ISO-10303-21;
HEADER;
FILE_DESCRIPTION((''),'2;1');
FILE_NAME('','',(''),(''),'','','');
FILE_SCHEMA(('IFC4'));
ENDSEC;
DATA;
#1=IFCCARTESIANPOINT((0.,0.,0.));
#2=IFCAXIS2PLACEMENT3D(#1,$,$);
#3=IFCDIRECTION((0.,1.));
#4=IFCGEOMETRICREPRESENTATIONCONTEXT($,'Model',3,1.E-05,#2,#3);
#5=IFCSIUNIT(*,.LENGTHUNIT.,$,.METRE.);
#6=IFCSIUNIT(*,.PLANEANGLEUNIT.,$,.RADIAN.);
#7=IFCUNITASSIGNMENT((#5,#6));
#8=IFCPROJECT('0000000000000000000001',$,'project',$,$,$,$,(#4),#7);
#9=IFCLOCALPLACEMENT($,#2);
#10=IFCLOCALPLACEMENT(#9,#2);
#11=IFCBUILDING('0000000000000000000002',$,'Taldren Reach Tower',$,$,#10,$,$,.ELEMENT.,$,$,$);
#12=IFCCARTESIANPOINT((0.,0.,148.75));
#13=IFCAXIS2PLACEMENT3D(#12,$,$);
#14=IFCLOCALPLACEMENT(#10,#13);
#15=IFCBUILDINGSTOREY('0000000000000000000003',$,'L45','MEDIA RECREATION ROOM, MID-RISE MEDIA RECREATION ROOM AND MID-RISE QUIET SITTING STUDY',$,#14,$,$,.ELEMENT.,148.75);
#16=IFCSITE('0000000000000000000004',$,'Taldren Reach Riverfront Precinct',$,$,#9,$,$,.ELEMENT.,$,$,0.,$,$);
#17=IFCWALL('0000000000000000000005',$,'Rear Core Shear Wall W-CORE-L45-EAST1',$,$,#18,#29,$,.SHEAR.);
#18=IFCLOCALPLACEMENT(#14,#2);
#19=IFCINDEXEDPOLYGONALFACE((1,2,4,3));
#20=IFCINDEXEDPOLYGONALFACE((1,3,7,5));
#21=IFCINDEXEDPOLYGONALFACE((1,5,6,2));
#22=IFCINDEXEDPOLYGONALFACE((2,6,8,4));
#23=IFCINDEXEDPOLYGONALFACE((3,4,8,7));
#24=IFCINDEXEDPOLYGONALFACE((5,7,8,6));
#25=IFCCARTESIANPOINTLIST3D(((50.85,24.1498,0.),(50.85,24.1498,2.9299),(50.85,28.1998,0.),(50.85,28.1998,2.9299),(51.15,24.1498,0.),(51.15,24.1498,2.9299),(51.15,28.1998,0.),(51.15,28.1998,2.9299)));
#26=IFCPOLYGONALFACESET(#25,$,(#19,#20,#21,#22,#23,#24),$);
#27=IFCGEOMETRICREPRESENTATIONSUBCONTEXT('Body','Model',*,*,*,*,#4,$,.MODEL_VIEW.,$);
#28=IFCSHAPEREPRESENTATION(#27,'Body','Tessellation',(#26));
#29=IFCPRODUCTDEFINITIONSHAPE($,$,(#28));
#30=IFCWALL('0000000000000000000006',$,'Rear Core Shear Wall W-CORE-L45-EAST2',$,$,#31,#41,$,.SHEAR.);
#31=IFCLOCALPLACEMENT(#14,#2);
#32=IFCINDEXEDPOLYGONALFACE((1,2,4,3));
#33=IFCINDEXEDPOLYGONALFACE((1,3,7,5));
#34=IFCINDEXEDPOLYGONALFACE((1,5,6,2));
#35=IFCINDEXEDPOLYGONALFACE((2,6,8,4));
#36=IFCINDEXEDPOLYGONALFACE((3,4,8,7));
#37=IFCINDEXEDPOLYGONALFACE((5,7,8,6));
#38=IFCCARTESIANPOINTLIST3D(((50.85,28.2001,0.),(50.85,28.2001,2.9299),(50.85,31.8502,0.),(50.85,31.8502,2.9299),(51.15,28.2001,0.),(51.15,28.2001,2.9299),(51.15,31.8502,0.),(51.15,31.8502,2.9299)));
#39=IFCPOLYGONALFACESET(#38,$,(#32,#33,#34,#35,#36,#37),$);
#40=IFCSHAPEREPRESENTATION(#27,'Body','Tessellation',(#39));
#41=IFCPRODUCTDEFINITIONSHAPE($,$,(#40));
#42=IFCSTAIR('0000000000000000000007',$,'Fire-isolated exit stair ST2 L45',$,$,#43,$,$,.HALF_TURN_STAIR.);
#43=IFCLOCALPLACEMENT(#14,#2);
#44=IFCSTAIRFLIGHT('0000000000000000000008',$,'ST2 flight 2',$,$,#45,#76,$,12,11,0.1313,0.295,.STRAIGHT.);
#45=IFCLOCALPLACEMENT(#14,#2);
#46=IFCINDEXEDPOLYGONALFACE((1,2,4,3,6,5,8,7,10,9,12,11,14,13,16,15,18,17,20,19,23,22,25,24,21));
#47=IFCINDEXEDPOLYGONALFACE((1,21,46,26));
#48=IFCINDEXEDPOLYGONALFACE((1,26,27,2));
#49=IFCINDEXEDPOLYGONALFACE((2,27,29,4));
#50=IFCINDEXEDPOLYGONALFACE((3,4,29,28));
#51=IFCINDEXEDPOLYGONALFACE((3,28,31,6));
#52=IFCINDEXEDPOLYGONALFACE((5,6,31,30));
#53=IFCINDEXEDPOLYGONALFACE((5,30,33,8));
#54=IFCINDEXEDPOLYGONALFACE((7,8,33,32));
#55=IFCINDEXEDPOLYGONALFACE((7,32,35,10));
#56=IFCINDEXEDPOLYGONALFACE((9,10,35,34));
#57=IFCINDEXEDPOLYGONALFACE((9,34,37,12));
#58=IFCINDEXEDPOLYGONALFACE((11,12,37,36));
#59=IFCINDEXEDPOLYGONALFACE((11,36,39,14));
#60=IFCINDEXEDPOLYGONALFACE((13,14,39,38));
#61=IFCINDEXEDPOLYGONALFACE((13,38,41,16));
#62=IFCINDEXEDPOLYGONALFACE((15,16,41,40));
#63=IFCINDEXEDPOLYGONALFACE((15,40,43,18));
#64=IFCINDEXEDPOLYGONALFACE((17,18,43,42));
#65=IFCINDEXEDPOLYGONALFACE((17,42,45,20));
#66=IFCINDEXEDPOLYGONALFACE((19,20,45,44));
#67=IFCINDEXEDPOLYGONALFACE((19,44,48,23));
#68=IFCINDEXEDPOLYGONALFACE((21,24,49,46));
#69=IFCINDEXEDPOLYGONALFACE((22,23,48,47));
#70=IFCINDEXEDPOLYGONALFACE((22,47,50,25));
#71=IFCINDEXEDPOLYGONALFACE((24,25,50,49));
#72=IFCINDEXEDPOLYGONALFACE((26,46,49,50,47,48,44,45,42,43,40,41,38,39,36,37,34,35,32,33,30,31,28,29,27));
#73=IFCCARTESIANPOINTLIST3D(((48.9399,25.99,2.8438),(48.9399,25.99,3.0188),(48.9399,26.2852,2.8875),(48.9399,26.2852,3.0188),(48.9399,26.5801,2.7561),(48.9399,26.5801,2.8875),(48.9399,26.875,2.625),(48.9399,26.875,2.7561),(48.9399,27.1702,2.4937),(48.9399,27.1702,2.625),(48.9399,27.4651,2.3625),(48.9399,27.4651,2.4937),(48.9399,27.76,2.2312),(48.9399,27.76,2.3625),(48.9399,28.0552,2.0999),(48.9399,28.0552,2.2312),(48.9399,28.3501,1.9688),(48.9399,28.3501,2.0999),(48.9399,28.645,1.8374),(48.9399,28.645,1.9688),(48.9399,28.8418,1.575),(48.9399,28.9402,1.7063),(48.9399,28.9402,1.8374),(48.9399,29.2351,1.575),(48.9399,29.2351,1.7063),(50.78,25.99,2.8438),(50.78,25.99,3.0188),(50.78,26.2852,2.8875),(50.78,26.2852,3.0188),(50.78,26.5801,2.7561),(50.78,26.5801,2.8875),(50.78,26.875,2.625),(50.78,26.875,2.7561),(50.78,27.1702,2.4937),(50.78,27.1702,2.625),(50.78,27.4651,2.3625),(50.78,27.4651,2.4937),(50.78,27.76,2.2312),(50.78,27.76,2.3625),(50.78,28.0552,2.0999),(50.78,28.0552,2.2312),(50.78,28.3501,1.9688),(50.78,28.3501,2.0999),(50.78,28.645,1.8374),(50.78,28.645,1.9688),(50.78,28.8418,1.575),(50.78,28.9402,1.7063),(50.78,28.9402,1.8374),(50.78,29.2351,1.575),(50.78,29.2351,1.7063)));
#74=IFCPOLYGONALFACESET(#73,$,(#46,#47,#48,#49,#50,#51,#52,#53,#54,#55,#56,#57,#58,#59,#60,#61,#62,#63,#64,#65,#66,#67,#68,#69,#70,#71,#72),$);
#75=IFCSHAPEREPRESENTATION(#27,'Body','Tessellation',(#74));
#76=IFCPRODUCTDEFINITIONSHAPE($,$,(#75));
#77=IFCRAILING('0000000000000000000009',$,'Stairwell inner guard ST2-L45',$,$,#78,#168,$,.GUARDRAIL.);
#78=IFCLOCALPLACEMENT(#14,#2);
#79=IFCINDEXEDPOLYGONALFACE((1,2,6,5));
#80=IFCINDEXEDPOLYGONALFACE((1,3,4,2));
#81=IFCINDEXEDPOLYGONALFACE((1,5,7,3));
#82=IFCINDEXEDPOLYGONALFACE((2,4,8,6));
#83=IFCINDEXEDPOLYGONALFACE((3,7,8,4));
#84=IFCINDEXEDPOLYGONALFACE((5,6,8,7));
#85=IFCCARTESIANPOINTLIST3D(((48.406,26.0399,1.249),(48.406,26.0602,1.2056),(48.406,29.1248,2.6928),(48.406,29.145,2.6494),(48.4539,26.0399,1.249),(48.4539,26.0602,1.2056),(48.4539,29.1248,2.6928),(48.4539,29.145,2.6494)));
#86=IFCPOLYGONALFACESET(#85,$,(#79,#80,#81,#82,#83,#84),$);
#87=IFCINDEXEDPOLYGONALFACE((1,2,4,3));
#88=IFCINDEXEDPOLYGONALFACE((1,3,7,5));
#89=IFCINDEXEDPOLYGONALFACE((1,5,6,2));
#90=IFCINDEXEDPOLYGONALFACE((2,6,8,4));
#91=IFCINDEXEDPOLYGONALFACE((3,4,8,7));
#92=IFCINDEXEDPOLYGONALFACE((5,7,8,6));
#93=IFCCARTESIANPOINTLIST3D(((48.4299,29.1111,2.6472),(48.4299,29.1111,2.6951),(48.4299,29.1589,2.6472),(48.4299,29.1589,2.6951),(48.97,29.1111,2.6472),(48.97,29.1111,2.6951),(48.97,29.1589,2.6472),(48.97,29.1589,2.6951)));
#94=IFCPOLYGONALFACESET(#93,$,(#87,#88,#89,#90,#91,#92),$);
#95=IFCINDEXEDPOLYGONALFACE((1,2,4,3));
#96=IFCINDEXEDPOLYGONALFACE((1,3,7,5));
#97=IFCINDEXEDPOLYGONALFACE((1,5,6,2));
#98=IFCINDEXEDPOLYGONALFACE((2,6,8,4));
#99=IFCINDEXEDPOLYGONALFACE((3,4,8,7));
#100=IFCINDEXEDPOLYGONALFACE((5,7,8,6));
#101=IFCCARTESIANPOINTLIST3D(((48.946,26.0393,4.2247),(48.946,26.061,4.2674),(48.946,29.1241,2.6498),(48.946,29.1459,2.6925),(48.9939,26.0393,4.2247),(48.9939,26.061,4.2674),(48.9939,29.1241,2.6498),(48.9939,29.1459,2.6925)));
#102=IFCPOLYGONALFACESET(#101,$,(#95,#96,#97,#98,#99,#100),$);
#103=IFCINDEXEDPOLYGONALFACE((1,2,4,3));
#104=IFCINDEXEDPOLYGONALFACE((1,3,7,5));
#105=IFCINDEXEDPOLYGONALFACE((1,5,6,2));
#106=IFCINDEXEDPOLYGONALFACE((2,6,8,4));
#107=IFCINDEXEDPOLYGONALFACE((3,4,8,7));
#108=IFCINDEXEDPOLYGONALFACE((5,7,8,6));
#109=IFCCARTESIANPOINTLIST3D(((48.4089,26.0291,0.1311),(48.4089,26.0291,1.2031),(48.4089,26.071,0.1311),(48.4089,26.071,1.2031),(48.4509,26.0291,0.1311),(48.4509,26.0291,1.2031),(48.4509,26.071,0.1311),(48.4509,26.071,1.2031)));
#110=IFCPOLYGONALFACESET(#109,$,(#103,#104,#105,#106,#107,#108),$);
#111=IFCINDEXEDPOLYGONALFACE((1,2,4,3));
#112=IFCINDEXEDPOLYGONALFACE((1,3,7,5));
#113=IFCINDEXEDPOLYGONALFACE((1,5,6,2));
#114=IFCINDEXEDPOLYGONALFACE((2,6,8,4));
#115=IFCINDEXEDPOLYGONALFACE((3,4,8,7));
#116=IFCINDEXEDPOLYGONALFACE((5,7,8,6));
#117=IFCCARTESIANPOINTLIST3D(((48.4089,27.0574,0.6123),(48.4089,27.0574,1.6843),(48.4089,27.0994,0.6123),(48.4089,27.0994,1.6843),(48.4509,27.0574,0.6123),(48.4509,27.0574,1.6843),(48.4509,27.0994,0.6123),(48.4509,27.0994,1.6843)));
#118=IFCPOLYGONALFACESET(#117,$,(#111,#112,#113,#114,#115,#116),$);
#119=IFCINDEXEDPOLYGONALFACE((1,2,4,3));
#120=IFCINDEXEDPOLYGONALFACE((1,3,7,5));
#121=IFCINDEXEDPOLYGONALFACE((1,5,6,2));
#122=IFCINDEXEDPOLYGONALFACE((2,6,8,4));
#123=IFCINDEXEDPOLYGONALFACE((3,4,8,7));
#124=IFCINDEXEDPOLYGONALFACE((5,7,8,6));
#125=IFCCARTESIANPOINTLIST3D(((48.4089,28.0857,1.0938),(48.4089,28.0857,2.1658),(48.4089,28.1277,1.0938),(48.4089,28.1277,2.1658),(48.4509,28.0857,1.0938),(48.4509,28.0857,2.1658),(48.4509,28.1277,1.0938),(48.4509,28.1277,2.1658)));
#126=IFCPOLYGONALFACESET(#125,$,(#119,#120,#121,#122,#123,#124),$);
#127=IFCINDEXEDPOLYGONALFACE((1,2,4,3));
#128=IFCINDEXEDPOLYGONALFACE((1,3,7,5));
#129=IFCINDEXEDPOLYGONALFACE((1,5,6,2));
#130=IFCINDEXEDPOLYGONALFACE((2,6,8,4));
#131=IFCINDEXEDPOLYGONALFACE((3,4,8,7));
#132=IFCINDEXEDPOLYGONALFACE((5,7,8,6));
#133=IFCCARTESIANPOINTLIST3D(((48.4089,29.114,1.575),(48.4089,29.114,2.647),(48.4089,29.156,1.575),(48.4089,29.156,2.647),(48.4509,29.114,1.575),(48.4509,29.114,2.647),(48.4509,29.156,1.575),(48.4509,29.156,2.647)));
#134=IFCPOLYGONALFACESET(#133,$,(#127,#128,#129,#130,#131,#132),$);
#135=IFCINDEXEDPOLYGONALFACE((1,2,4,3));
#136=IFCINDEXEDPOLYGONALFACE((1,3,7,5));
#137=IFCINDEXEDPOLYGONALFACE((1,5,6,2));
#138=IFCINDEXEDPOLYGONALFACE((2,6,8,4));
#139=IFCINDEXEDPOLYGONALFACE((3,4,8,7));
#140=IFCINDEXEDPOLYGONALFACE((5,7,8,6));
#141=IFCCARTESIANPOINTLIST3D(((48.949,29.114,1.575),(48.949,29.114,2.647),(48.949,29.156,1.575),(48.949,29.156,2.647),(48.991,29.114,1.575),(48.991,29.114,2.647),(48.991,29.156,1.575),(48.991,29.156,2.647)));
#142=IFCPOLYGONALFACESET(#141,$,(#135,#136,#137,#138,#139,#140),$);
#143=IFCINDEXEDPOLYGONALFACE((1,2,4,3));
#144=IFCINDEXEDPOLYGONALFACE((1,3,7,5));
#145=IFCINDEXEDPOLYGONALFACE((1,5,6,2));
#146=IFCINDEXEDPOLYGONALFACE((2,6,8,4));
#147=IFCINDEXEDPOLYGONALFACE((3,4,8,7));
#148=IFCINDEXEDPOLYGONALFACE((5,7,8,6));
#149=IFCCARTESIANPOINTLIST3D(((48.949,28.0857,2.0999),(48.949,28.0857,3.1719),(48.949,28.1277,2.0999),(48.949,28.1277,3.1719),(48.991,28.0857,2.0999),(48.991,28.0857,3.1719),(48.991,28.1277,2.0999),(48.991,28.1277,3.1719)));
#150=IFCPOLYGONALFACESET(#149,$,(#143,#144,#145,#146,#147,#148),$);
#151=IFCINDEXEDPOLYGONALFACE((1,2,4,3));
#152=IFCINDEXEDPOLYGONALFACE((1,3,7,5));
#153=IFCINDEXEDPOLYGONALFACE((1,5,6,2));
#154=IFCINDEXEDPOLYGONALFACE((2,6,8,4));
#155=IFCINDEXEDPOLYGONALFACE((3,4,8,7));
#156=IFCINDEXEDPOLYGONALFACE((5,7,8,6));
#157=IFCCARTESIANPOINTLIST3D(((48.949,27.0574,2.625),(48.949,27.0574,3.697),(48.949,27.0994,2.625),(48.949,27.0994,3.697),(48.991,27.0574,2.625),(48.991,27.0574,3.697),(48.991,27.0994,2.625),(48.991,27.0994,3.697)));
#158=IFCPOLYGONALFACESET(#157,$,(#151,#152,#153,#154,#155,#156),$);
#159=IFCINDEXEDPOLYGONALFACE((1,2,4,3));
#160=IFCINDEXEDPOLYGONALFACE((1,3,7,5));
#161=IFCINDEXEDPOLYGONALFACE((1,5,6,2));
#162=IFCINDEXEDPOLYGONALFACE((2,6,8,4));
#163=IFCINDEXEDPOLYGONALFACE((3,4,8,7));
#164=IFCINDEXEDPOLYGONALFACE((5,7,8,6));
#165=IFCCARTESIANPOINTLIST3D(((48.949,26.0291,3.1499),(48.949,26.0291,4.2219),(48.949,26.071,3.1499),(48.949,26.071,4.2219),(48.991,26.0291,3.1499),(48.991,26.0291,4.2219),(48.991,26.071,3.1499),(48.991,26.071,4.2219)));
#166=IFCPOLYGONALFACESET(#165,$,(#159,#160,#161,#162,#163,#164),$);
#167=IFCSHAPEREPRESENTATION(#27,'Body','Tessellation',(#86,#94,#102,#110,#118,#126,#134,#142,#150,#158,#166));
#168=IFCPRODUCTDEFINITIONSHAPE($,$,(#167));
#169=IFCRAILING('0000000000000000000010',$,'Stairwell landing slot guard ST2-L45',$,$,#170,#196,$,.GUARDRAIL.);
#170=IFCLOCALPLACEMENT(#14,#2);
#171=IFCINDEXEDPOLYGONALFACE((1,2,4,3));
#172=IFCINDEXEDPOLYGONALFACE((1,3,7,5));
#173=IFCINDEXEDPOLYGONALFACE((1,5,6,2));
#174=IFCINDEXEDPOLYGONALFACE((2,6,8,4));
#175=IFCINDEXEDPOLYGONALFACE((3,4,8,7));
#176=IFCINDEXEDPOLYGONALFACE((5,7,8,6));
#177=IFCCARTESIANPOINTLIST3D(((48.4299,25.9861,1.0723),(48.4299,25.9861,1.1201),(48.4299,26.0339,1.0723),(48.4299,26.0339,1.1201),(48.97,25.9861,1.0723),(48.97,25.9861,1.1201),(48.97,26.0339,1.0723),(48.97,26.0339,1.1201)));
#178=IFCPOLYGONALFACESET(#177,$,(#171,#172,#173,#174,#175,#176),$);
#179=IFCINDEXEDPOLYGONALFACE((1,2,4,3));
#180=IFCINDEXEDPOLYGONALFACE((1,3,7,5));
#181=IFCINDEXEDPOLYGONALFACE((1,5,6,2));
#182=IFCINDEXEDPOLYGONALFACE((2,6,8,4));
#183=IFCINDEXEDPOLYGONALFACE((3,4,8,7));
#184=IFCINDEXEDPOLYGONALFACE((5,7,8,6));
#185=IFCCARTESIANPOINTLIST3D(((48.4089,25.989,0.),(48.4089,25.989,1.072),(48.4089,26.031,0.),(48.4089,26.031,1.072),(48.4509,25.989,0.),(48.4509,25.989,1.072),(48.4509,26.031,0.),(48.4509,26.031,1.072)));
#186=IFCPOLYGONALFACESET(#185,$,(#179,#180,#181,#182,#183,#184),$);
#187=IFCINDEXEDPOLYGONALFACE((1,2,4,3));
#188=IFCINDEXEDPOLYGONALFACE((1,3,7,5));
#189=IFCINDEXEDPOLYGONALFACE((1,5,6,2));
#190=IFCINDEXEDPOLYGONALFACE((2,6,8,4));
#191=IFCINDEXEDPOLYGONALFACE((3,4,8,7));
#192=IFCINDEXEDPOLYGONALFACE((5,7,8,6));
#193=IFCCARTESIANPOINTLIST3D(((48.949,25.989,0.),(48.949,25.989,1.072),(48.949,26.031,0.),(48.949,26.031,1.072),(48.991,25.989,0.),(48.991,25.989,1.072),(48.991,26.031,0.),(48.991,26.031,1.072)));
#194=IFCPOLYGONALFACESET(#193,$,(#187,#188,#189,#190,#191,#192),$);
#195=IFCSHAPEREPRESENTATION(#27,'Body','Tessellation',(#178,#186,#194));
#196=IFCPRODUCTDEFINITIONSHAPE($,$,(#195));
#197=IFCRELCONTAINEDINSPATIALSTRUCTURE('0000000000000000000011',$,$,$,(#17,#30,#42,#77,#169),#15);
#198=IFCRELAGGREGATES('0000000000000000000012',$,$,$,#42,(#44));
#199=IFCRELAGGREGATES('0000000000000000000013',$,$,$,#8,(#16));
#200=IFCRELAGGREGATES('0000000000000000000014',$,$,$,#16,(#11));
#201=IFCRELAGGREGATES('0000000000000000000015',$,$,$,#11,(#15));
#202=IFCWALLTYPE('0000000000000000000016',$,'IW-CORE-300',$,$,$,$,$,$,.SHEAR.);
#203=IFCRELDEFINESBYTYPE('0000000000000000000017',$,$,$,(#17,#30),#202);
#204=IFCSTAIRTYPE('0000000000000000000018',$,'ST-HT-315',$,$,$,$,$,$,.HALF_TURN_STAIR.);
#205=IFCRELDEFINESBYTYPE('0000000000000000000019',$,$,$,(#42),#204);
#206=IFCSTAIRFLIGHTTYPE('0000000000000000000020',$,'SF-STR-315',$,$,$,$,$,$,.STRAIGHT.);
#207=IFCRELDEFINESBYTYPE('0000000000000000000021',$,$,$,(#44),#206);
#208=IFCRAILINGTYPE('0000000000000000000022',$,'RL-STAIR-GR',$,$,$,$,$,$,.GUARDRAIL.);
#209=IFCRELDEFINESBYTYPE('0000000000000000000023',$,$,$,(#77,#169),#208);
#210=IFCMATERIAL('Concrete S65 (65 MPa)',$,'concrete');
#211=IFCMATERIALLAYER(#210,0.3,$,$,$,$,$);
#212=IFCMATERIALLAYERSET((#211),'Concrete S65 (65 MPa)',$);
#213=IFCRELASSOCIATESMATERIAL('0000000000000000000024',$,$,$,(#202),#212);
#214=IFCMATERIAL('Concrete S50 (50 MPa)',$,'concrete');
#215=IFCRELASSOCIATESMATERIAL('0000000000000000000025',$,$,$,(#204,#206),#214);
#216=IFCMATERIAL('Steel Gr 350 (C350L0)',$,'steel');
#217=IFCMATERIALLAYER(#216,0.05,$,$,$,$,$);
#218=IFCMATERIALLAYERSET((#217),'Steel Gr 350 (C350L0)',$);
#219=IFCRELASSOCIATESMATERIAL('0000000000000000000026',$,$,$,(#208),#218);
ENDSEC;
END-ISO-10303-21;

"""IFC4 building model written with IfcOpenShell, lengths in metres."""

from ifc_helpers import new_model, si_unit, direction, frame, frame_2d, origin, origin_2d, place, context, subcontext, project, spatial, polyline, rectangle, outline, extrude, source, transform, mapped, material, layer, layer_set, type_object, element, aggregate, save


model = new_model("IFC4")

# Units and contexts
model_context = context("Model", 3, precision=1e-05, world=origin(), true_north=direction((0.0, 1.0)))
body_context = subcontext(model_context, "Body", "Model", "MODEL_VIEW")
ifc_project = project(units=[si_unit("LENGTHUNIT", "METRE"), si_unit("PLANEANGLEUNIT", "RADIAN")], contexts=[model_context])

# Site, building, storey
site_placement = place(None, origin())
site = spatial("IfcSite", under=ifc_project, at=site_placement, Name="Taldren Reach Riverfront Precinct", CompositionType="ELEMENT", RefElevation=0.0)
building_placement = place(site_placement, origin())
building = spatial("IfcBuilding", under=site, at=building_placement, Name="Taldren Reach Tower", CompositionType="ELEMENT")
storey_placement = place(building_placement, frame((0.0, 0.0, 148.75)))
storey = spatial("IfcBuildingStorey", under=building, at=storey_placement, Name="L45", Description="MEDIA RECREATION ROOM, MID-RISE MEDIA RECREATION ROOM AND MID-RISE QUIET SITTING STUDY", CompositionType="ELEMENT", Elevation=148.75)

# Shared definitions
ifc_material_1 = material(Name="Steel Gr 350 (C350L0)", Category="steel")

# Walls
ifc_material_2 = material(Name="Concrete S65 (65 MPa)", Category="concrete")
ifc_layer_1 = layer(ifc_material_2, 0.3)
ifc_layer_set_1 = layer_set([ifc_layer_1], Name="Concrete S65 (65 MPa)")
wall_type = type_object("IfcWallType", Name="IW-CORE-300", PredefinedType="SHEAR", material=ifc_layer_set_1)
shared_shape_1 = source(origin(), body_context, "Body", "SweptSolid", [
    extrude(rectangle(XDim=4.05, YDim=0.3, at=frame_2d((2.0249, 0.0))), origin(), (0.0, 0.0, 1.0), 2.9299),
])
wall_1_placement = place(storey_placement, frame((51.0, 24.1499, 0.0), z_axis=(0.0, 0.0, 1.0), x_axis=(0.0, 1.0, 0.0)))
element("IfcWall", 1, at=wall_1_placement, inside=storey, type_object=wall_type, Name="Rear Core Shear Wall W-CORE-L45-EAST1", PredefinedType="SHEAR", context=body_context, shape_type="MappedRepresentation", body=[
    mapped(shared_shape_1, transform((0.0, 0.0, 0.0), scale=1.0)),
])
shared_shape_2 = source(origin(), body_context, "Body", "SweptSolid", [
    extrude(rectangle(XDim=3.6501, YDim=0.3, at=frame_2d((1.8252, 0.0))), origin(), (0.0, 0.0, 1.0), 2.9299),
])
wall_2_placement = place(storey_placement, frame((51.0, 28.2, 0.0), z_axis=(0.0, 0.0, 1.0), x_axis=(0.0, 1.0, 0.0)))
element("IfcWall", 2, at=wall_2_placement, inside=storey, type_object=wall_type, Name="Rear Core Shear Wall W-CORE-L45-EAST2", PredefinedType="SHEAR", context=body_context, shape_type="MappedRepresentation", body=[
    mapped(shared_shape_2, transform((0.0, 0.0, 0.0), scale=1.0)),
])

# Stair, stair flight
ifc_material_3 = material(Name="Concrete S50 (50 MPa)", Category="concrete")
stair_type = type_object("IfcStairType", Name="ST-HT-315", PredefinedType="HALF_TURN_STAIR", material=ifc_material_3)
stair_placement = place(storey_placement, origin())
stair = element("IfcStair", 3, at=stair_placement, inside=storey, type_object=stair_type, Name="Fire-isolated exit stair ST2 L45", PredefinedType="HALF_TURN_STAIR")
stair_flight_type = type_object("IfcStairFlightType", Name="SF-STR-315", PredefinedType="STRAIGHT", material=ifc_material_3)
stair_flight_placement = place(storey_placement, frame((49.8601, 29.2351, 1.575), z_axis=(0.0, 0.0, 1.0), x_axis=(0.0, -1.0, 0.0)))
stair_flight = element("IfcStairFlight", 4, at=stair_flight_placement, type_object=stair_flight_type, Name="ST2 flight 2", NumberOfRisers=12, NumberOfTreads=11, PredefinedType="STRAIGHT", RiserHeight=0.1313, TreadLength=0.295, context=body_context, shape_type="SweptSolid", body=[
    extrude(outline(polyline([(0.0, 0.0), (0.0, 0.1313), (0.2949, 0.1313), (0.2949, 0.2625), (0.5901, 0.2625), (0.5901, 0.3938), (0.885, 0.3938), (0.885, 0.5249), (1.1799, 0.5249), (1.1799, 0.6562), (1.4751, 0.6562), (1.4751, 0.7876), (1.77, 0.7876), (1.77, 0.9187), (2.0649, 0.9187), (2.0649, 1.05), (2.3601, 1.05), (2.3601, 1.1812), (2.655, 1.1812), (2.655, 1.3125), (2.95, 1.3125), (2.95, 1.4438), (3.2451, 1.4438), (3.2451, 1.575), (3.2451, 1.2688), (0.3933, 0.0), (0.0, 0.0)])), frame((0.0, 0.9199, 0.0), z_axis=(0.0, -1.0, 0.0), x_axis=(1.0, 0.0, 0.0)), (0.0, 0.0, 1.0), 1.8401),
])
aggregate(stair, [stair_flight])

# Railings
ifc_layer_2 = layer(ifc_material_1, 0.05)
ifc_layer_set_2 = layer_set([ifc_layer_2], Name="Steel Gr 350 (C350L0)")
railing_type_1 = type_object("IfcRailingType", Name="RL-STAIR-GR", PredefinedType="GUARDRAIL", material=ifc_layer_set_2)
railing_1_placement = place(storey_placement, frame((48.4299, 26.05, 0.1311)))
element("IfcRailing", 5, at=railing_1_placement, inside=storey, type_object=railing_type_1, Name="Stairwell inner guard ST2-L45", PredefinedType="GUARDRAIL", context=body_context, shape_type="SweptSolid", body=[
    extrude(rectangle(XDim=0.0479, YDim=0.0479, at=origin_2d()), frame((0.0, 0.0, 1.0962), z_axis=(0.0, 0.90571, 0.423898), x_axis=(-1.0, 0.0, 0.0)), (0.0, 0.0, 1.0), 3.406),
    extrude(rectangle(XDim=0.0479, YDim=0.0479, at=origin_2d()), frame((0.0, 3.085, 2.54), z_axis=(1.0, 0.0, 0.0), x_axis=(0.0, 1.0, 0.0)), (0.0, 0.0, 1.0), 0.54),
    extrude(rectangle(XDim=0.0479, YDim=0.0479, at=origin_2d()), frame((0.54, 3.085, 2.54), z_axis=(0.0, -0.890646, 0.454697), x_axis=(1.0, 0.0, 0.0)), (0.0, 0.0, 1.0), 3.4636),
    extrude(rectangle(XDim=0.042, YDim=0.042, at=origin_2d()), origin(), (0.0, 0.0, 1.0), 1.072),
    extrude(rectangle(XDim=0.042, YDim=0.042, at=origin_2d()), frame((0.0, 1.0283, 0.4812)), (0.0, 0.0, 1.0), 1.072),
    extrude(rectangle(XDim=0.042, YDim=0.042, at=origin_2d()), frame((0.0, 2.0566, 0.9626)), (0.0, 0.0, 1.0), 1.072),
    extrude(rectangle(XDim=0.042, YDim=0.042, at=origin_2d()), frame((0.0, 3.085, 1.4438)), (0.0, 0.0, 1.0), 1.072),
    extrude(rectangle(XDim=0.042, YDim=0.042, at=origin_2d()), frame((0.54, 3.085, 1.4438)), (0.0, 0.0, 1.0), 1.072),
    extrude(rectangle(XDim=0.042, YDim=0.042, at=origin_2d()), frame((0.54, 2.0566, 1.9688)), (0.0, 0.0, 1.0), 1.072),
    extrude(rectangle(XDim=0.042, YDim=0.042, at=origin_2d()), frame((0.54, 1.0283, 2.4939)), (0.0, 0.0, 1.0), 1.072),
    extrude(rectangle(XDim=0.042, YDim=0.042, at=origin_2d()), frame((0.54, 0.0, 3.0188)), (0.0, 0.0, 1.0), 1.072),
])
railing_2_placement = place(storey_placement, frame((48.4299, 26.01, 0.0)))
element("IfcRailing", 6, at=railing_2_placement, inside=storey, type_object=railing_type_1, Name="Stairwell landing slot guard ST2-L45", PredefinedType="GUARDRAIL", context=body_context, shape_type="SweptSolid", body=[
    extrude(rectangle(XDim=0.0479, YDim=0.0479, at=origin_2d()), frame((0.0, 0.0, 1.0962), z_axis=(1.0, 0.0, 0.0), x_axis=(0.0, 1.0, 0.0)), (0.0, 0.0, 1.0), 0.54),
    extrude(rectangle(XDim=0.042, YDim=0.042, at=origin_2d()), origin(), (0.0, 0.0, 1.0), 1.072),
    extrude(rectangle(XDim=0.042, YDim=0.042, at=origin_2d()), frame((0.54, 0.0, 0.0)), (0.0, 0.0, 1.0), 1.072),
])

save(model, "model.ifc")
